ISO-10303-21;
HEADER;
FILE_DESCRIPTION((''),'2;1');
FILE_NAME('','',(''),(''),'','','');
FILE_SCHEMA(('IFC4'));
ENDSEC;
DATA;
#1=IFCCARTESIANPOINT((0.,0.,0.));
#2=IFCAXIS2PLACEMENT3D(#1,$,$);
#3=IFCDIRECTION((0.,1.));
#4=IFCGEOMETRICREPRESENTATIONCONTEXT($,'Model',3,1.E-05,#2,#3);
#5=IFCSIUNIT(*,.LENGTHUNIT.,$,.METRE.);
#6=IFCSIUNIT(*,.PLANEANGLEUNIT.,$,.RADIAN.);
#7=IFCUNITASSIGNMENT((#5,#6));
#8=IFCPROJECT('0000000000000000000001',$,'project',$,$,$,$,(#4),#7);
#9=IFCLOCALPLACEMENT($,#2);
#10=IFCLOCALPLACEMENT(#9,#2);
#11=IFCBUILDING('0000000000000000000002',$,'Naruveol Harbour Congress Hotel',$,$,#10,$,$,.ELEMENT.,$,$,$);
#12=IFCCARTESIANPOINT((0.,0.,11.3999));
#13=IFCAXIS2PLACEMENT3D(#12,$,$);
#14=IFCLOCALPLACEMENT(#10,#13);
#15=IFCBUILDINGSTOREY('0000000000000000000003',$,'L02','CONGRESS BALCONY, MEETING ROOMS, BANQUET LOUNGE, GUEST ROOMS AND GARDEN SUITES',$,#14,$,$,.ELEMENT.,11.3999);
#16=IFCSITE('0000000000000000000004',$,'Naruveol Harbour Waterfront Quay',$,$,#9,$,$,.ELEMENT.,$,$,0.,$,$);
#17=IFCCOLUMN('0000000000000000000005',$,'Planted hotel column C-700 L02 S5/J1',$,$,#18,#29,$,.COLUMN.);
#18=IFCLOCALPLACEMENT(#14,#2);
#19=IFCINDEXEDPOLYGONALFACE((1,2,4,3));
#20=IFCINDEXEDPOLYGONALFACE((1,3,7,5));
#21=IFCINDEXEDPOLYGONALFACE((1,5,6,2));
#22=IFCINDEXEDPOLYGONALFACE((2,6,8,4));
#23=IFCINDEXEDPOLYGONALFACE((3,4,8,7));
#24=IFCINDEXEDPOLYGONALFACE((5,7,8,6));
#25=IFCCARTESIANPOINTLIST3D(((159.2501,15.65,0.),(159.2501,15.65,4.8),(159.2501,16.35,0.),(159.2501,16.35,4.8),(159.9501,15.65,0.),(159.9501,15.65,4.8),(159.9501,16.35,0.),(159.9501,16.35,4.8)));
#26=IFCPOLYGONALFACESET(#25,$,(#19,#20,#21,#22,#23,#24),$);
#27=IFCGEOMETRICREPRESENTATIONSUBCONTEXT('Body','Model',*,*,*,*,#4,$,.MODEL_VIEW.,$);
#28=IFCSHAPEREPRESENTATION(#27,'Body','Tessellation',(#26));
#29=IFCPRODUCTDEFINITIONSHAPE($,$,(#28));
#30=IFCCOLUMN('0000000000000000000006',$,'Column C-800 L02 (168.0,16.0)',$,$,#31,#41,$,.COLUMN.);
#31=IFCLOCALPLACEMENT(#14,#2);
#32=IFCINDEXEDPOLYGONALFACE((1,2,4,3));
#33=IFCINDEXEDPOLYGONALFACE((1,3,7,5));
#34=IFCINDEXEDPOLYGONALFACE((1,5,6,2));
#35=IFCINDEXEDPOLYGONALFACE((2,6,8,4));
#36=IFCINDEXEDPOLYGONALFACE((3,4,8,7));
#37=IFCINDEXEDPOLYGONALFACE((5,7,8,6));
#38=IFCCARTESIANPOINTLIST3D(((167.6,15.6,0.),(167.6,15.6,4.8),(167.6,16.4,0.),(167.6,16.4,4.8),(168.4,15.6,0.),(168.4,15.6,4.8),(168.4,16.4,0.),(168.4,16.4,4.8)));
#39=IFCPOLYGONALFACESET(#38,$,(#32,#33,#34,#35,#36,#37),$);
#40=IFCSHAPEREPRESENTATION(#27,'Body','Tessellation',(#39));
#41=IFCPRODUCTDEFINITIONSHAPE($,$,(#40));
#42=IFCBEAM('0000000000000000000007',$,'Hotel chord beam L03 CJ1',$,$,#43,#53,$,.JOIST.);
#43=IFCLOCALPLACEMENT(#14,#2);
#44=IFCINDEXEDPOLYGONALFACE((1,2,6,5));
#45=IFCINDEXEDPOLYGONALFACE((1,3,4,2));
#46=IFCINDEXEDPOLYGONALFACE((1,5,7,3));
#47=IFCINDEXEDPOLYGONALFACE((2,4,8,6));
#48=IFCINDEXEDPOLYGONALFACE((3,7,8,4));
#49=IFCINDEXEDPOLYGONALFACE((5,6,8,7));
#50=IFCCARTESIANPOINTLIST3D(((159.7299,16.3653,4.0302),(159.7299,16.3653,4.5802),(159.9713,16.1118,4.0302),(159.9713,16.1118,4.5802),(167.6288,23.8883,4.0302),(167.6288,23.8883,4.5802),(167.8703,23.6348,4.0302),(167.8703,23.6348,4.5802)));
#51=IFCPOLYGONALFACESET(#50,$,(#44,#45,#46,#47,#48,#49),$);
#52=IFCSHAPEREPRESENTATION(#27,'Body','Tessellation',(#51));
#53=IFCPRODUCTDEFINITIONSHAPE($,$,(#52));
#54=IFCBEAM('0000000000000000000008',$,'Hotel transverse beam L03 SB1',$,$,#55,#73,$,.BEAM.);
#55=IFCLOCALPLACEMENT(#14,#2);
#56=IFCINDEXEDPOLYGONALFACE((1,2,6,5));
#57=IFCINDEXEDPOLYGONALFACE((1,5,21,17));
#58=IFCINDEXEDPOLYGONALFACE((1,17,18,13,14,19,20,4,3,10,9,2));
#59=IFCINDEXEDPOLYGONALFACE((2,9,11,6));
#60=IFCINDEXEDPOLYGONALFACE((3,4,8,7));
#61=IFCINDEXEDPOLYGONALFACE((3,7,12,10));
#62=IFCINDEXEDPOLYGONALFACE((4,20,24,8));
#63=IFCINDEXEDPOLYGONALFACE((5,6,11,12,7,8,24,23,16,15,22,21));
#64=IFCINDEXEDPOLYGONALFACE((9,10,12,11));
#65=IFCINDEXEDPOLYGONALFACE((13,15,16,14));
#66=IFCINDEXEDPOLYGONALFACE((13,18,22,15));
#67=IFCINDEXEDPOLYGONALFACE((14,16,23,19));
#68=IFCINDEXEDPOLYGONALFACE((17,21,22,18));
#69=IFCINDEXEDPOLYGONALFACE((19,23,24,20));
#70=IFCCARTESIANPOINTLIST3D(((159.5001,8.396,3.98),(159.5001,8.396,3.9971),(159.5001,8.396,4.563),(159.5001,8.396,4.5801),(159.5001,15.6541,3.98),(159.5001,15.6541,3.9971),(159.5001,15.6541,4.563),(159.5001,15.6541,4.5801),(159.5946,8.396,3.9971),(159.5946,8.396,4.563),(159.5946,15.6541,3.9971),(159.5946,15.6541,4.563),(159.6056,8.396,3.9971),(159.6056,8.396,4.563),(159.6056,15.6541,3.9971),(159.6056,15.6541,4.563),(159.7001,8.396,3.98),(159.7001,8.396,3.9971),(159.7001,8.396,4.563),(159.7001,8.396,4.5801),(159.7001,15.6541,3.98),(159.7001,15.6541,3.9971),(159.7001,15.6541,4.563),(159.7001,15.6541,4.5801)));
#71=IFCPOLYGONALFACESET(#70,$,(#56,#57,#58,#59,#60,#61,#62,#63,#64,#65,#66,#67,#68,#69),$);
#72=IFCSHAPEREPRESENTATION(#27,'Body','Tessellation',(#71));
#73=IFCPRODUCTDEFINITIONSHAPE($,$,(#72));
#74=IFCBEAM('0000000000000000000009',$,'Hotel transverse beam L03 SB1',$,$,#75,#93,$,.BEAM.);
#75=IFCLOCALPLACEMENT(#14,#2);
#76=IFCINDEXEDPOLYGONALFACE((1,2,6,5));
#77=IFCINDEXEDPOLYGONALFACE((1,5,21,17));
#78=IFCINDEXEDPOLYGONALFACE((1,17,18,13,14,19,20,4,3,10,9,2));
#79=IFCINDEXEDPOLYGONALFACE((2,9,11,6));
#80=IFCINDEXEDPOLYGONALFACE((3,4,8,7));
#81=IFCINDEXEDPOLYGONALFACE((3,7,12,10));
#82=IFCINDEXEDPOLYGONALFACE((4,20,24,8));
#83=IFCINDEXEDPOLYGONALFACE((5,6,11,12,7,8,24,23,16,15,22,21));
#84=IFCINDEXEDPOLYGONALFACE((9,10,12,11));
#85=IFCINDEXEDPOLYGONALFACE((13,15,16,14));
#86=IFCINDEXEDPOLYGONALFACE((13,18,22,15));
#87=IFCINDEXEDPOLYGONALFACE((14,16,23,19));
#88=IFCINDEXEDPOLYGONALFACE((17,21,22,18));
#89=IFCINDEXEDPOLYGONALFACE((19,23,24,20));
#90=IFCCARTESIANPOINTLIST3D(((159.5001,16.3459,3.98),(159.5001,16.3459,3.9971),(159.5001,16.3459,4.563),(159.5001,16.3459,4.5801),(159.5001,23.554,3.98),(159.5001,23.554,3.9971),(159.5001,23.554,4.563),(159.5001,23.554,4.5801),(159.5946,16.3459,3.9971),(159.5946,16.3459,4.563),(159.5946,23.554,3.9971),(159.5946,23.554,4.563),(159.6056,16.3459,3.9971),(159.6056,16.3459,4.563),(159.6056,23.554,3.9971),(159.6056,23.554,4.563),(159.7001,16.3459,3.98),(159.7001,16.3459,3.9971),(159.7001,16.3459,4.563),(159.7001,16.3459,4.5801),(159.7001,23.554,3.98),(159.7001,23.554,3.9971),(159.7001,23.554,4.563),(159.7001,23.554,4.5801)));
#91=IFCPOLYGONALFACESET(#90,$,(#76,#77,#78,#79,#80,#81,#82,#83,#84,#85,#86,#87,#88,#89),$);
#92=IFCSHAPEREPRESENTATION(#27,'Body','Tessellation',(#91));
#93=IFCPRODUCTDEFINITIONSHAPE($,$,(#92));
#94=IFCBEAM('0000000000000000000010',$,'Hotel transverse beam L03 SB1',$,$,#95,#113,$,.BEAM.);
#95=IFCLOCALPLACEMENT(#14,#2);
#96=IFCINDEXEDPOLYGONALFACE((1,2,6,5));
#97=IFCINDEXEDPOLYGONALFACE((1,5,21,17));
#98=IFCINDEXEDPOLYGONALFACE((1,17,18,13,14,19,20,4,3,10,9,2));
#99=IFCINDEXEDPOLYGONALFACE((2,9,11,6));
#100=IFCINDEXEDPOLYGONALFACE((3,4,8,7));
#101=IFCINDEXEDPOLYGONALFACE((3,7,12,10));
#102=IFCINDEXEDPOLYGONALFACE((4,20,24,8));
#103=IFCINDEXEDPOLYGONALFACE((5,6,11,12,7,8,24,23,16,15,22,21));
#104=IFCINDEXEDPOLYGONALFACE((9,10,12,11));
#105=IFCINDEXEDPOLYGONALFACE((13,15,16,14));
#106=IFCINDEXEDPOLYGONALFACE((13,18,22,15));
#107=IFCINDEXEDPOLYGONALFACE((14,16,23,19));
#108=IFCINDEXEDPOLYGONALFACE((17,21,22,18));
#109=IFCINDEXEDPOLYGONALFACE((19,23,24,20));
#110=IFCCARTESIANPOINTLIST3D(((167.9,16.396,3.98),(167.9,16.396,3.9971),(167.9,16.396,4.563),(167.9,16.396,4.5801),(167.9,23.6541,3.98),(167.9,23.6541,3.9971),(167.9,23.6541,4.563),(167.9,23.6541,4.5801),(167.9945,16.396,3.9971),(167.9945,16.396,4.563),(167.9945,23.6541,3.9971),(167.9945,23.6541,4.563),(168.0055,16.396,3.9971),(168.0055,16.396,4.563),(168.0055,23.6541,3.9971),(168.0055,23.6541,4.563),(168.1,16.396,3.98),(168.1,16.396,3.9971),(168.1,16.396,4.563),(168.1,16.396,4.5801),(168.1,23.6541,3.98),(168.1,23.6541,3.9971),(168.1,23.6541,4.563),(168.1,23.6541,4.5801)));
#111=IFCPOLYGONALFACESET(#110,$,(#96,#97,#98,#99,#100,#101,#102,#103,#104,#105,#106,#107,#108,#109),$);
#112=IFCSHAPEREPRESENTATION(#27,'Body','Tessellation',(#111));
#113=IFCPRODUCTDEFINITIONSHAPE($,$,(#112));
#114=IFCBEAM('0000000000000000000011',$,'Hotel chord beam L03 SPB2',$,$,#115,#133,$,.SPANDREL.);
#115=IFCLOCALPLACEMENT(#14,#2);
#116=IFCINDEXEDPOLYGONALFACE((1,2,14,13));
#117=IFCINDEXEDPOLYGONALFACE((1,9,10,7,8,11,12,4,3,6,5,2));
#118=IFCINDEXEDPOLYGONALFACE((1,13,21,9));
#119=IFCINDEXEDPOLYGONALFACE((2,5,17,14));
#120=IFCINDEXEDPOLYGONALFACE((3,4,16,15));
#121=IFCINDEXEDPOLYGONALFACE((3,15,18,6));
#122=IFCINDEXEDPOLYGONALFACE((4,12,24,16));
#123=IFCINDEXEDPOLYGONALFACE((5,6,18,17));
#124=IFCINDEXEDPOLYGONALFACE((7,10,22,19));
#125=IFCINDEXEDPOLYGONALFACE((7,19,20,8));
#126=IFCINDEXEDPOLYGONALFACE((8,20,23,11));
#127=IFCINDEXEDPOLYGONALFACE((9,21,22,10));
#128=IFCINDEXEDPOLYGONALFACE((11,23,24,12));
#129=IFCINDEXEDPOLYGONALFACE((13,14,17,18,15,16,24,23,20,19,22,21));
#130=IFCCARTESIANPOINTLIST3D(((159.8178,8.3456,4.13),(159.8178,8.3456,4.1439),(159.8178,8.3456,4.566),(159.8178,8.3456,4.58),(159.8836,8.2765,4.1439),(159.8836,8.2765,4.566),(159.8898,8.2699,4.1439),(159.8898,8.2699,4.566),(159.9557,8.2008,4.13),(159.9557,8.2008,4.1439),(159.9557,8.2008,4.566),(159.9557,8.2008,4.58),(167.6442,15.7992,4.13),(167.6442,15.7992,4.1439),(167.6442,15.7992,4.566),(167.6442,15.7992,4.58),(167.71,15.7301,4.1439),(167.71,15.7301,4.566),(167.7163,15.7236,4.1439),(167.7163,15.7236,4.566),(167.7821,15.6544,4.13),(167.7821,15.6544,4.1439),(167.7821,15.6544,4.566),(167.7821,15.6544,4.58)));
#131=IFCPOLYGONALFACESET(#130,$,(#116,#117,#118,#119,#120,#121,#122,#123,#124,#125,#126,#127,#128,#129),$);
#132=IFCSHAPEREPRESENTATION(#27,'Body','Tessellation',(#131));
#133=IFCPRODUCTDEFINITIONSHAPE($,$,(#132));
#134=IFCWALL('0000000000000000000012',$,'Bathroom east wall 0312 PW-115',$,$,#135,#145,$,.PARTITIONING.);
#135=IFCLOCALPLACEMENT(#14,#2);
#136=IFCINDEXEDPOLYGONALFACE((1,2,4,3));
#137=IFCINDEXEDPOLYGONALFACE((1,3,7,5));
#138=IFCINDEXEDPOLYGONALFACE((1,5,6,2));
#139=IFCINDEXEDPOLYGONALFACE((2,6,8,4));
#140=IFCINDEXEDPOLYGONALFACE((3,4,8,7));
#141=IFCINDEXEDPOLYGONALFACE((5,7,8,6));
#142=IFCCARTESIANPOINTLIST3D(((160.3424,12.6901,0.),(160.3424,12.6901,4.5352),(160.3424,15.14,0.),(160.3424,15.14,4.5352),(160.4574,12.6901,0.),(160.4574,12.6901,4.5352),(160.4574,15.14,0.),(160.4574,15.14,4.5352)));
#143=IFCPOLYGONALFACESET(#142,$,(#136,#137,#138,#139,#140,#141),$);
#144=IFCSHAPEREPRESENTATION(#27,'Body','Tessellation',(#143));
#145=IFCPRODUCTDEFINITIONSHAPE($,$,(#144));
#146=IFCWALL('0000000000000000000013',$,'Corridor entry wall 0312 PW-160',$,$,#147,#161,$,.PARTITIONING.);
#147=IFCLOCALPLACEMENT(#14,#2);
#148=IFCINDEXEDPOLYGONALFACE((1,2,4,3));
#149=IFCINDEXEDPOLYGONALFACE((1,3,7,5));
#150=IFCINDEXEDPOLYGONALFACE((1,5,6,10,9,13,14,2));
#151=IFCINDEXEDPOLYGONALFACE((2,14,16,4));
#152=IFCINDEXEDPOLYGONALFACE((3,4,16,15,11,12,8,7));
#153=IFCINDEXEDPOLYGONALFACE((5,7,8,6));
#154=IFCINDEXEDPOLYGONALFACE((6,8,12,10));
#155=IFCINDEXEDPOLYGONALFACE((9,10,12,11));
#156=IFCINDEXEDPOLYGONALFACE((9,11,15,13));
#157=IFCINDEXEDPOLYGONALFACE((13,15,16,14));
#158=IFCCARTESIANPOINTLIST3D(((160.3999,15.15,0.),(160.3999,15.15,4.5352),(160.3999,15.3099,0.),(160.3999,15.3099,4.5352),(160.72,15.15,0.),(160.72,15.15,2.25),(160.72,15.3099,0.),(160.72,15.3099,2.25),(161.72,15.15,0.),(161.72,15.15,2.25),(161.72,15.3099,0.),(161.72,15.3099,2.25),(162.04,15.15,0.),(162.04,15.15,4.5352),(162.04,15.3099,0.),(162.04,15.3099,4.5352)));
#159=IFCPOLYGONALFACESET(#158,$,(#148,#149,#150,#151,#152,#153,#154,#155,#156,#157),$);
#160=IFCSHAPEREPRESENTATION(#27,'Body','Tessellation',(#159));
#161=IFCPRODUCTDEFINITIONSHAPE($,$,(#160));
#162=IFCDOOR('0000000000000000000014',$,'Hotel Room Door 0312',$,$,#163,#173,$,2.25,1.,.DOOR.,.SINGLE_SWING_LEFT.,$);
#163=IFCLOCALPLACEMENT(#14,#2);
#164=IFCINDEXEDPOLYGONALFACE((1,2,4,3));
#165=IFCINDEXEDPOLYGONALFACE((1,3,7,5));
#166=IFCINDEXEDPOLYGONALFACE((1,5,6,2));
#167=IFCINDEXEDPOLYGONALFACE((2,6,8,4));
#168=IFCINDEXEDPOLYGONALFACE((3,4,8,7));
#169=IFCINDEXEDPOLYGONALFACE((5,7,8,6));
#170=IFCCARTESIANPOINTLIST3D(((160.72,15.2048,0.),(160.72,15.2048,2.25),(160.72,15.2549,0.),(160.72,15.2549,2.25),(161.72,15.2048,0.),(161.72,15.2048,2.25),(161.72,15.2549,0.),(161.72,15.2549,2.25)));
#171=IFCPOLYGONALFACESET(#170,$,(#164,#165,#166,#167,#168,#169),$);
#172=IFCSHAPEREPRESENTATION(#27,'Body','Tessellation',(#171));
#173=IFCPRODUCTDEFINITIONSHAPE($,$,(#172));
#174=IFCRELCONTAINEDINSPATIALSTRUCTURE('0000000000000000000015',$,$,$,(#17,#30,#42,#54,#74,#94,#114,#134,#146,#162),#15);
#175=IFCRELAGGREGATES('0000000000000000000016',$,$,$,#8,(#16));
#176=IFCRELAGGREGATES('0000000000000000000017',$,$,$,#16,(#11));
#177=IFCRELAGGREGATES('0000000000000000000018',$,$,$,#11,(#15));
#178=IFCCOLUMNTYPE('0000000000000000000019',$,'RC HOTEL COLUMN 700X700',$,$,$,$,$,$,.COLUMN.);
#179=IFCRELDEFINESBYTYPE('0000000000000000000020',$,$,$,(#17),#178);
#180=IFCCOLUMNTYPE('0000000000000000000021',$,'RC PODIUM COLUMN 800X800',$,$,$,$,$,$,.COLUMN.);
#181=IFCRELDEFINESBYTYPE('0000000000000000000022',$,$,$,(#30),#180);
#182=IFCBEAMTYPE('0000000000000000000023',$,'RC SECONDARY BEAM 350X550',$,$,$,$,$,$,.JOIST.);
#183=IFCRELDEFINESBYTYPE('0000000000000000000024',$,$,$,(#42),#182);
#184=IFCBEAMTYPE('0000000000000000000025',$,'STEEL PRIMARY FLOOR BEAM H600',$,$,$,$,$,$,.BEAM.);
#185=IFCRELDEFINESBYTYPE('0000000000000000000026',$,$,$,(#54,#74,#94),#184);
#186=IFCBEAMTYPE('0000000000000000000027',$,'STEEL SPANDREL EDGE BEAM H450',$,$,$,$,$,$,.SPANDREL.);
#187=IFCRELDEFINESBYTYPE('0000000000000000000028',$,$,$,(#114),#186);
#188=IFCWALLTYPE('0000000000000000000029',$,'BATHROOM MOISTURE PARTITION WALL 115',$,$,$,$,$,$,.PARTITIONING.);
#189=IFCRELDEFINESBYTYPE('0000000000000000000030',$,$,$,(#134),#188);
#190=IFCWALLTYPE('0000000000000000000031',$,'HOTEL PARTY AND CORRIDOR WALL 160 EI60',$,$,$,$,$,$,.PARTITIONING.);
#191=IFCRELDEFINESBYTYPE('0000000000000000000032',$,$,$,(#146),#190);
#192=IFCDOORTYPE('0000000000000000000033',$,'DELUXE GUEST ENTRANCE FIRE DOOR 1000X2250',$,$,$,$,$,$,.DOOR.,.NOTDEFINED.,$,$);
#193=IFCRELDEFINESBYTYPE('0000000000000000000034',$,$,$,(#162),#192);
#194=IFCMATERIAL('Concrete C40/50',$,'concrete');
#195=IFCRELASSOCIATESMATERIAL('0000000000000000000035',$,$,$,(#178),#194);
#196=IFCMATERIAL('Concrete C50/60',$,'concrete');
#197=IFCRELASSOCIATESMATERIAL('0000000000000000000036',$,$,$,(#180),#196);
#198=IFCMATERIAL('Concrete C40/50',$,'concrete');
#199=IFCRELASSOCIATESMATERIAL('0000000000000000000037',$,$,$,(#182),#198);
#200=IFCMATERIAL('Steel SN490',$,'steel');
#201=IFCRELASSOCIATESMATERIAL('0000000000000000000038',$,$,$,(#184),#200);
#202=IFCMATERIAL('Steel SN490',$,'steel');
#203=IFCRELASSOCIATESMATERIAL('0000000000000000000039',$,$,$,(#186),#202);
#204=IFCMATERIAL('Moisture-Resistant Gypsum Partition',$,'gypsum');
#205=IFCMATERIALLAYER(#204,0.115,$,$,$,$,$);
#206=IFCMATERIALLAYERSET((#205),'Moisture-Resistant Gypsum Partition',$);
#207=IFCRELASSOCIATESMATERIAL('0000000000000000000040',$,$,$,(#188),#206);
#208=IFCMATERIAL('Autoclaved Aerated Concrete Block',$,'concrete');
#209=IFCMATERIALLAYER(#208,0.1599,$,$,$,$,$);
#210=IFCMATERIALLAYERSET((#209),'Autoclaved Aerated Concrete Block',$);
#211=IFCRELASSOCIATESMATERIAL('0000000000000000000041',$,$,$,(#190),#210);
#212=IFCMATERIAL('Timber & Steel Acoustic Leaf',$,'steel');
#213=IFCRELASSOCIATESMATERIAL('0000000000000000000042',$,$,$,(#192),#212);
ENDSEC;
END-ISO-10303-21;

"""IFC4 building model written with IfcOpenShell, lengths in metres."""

from ifc_helpers import new_model, si_unit, direction, frame, frame_2d, origin, origin_2d, place, context, subcontext, project, spatial, rectangle, i_section, extrude, material, layer, layer_set, material_profile, profile_set, type_object, element, fill, save


model = new_model("IFC4")

# Units and contexts
model_context = context("Model", 3, precision=1e-05, world=origin(), true_north=direction((0.0, 1.0)))
body_context = subcontext(model_context, "Body", "Model", "MODEL_VIEW")
ifc_project = project(units=[si_unit("LENGTHUNIT", "METRE"), si_unit("PLANEANGLEUNIT", "RADIAN")], contexts=[model_context])

# Site, building, storey
site_placement = place(None, origin())
site = spatial("IfcSite", under=ifc_project, at=site_placement, Name="Naruveol Harbour Waterfront Quay", CompositionType="ELEMENT", RefElevation=0.0)
building_placement = place(site_placement, origin())
building = spatial("IfcBuilding", under=site, at=building_placement, Name="Naruveol Harbour Congress Hotel", CompositionType="ELEMENT")
storey_placement = place(building_placement, frame((0.0, 0.0, 11.3999)))
storey = spatial("IfcBuildingStorey", under=building, at=storey_placement, Name="L02", Description="CONGRESS BALCONY, MEETING ROOMS, BANQUET LOUNGE, GUEST ROOMS AND GARDEN SUITES", CompositionType="ELEMENT", Elevation=11.3999)

# Columns
ifc_material_1 = material(Name="Concrete C40/50", Category="concrete")
ifc_material_profile_1 = material_profile(ifc_material_1, rectangle(XDim=0.7, YDim=0.7, at=origin_2d()), Name="RC-700x700")
ifc_profile_set_1 = profile_set([ifc_material_profile_1], Name="Concrete C40/50")
column_type_1 = type_object("IfcColumnType", Name="RC HOTEL COLUMN 700X700", PredefinedType="COLUMN", material=ifc_profile_set_1)
column_1_placement = place(storey_placement, frame((159.6001, 16.0, 0.0), z_axis=(0.0, 0.0, 1.0), x_axis=(1.0, 0.0, 0.0)))
element("IfcColumn", 1, at=column_1_placement, inside=storey, type_object=column_type_1, Name="Planted hotel column C-700 L02 S5/J1", PredefinedType="COLUMN", context=body_context, shape_type="SweptSolid", body=[
    extrude(rectangle(XDim=0.7, YDim=0.7, at=origin_2d()), origin(), (0.0, 0.0, 1.0), 4.8),
])
ifc_material_2 = material(Name="Concrete C50/60", Category="concrete")
ifc_material_profile_2 = material_profile(ifc_material_2, rectangle(XDim=0.8, YDim=0.8, at=origin_2d()), Name="RC-800x800")
ifc_profile_set_2 = profile_set([ifc_material_profile_2], Name="Concrete C50/60")
column_type_2 = type_object("IfcColumnType", Name="RC PODIUM COLUMN 800X800", PredefinedType="COLUMN", material=ifc_profile_set_2)
column_2_placement = place(storey_placement, frame((168.0, 16.0, 0.0), z_axis=(0.0, 0.0, 1.0), x_axis=(1.0, 0.0, 0.0)))
element("IfcColumn", 2, at=column_2_placement, inside=storey, type_object=column_type_2, Name="Column C-800 L02 (168.0,16.0)", PredefinedType="COLUMN", context=body_context, shape_type="SweptSolid", body=[
    extrude(rectangle(XDim=0.8, YDim=0.8, at=origin_2d()), origin(), (0.0, 0.0, 1.0), 4.8),
])

# Beams
ifc_material_3 = material(Name="Concrete C40/50", Category="concrete")
ifc_material_profile_3 = material_profile(ifc_material_3, rectangle(XDim=0.3501, YDim=0.55, at=origin_2d()), Name="RCB-350x550")
ifc_profile_set_3 = profile_set([ifc_material_profile_3], Name="Concrete C40/50")
beam_type_1 = type_object("IfcBeamType", Name="RC SECONDARY BEAM 350X550", PredefinedType="JOIST", material=ifc_profile_set_3)
beam_1_placement = place(storey_placement, frame((159.8506, 16.2385, 4.3052), z_axis=(0.72413, 0.689663, 0.0), x_axis=(-0.689663, 0.72413, 0.0)))
element("IfcBeam", 3, at=beam_1_placement, inside=storey, type_object=beam_type_1, Name="Hotel chord beam L03 CJ1", PredefinedType="JOIST", context=body_context, shape_type="SweptSolid", body=[
    extrude(rectangle(XDim=0.3501, YDim=0.55, at=origin_2d()), origin(), (0.0, 0.0, 1.0), 10.9082),
])
ifc_material_4 = material(Name="Steel SN490", Category="steel")
ifc_material_profile_4 = material_profile(ifc_material_4, i_section(OverallWidth=0.2, OverallDepth=0.6001, WebThickness=0.011, FlangeThickness=0.0171, at=origin_2d()), Name="H-600x200x11x17")
ifc_profile_set_4 = profile_set([ifc_material_profile_4], Name="Steel SN490")
beam_type_2 = type_object("IfcBeamType", Name="STEEL PRIMARY FLOOR BEAM H600", PredefinedType="BEAM", material=ifc_profile_set_4)
beam_2_placement = place(storey_placement, frame((159.6001, 8.396, 4.28), z_axis=(0.0, 1.0, 0.0), x_axis=(-1.0, 0.0, 0.0)))
element("IfcBeam", 4, at=beam_2_placement, inside=storey, type_object=beam_type_2, Name="Hotel transverse beam L03 SB1", PredefinedType="BEAM", context=body_context, shape_type="SweptSolid", body=[
    extrude(i_section(OverallWidth=0.2, OverallDepth=0.6001, WebThickness=0.011, FlangeThickness=0.0171, at=origin_2d()), origin(), (0.0, 0.0, 1.0), 7.2581),
])
beam_3_placement = place(storey_placement, frame((159.6001, 16.3459, 4.28), z_axis=(0.0, 1.0, 0.0), x_axis=(-1.0, 0.0, 0.0)))
element("IfcBeam", 5, at=beam_3_placement, inside=storey, type_object=beam_type_2, Name="Hotel transverse beam L03 SB1", PredefinedType="BEAM", context=body_context, shape_type="SweptSolid", body=[
    extrude(i_section(OverallWidth=0.2, OverallDepth=0.6001, WebThickness=0.011, FlangeThickness=0.0171, at=origin_2d()), origin(), (0.0, 0.0, 1.0), 7.208),
])
beam_4_placement = place(storey_placement, frame((168.0, 16.396, 4.28), z_axis=(0.0, 1.0, 0.0), x_axis=(-1.0, 0.0, 0.0)))
element("IfcBeam", 6, at=beam_4_placement, inside=storey, type_object=beam_type_2, Name="Hotel transverse beam L03 SB1", PredefinedType="BEAM", context=body_context, shape_type="SweptSolid", body=[
    extrude(i_section(OverallWidth=0.2, OverallDepth=0.6001, WebThickness=0.011, FlangeThickness=0.0171, at=origin_2d()), origin(), (0.0, 0.0, 1.0), 7.2581),
])
ifc_material_5 = material(Name="Steel SN490", Category="steel")
ifc_material_profile_5 = material_profile(ifc_material_5, i_section(OverallWidth=0.2, OverallDepth=0.45, WebThickness=0.009, FlangeThickness=0.0139, at=origin_2d()), Name="H-450x200x9x14")
ifc_profile_set_5 = profile_set([ifc_material_profile_5], Name="Steel SN490")
beam_type_3 = type_object("IfcBeamType", Name="STEEL SPANDREL EDGE BEAM H450", PredefinedType="SPANDREL", material=ifc_profile_set_5)
beam_5_placement = place(storey_placement, frame((159.8867, 8.2732, 4.355), z_axis=(0.724143, 0.68965, 0.0), x_axis=(-0.68965, 0.724143, 0.0)))
element("IfcBeam", 7, at=beam_5_placement, inside=storey, type_object=beam_type_3, Name="Hotel chord beam L03 SPB2", PredefinedType="SPANDREL", context=body_context, shape_type="SweptSolid", body=[
    extrude(i_section(OverallWidth=0.2, OverallDepth=0.45, WebThickness=0.009, FlangeThickness=0.0139, at=origin_2d()), origin(), (0.0, 0.0, 1.0), 10.8079),
])

# Wall
ifc_material_6 = material(Name="Moisture-Resistant Gypsum Partition", Category="gypsum")
ifc_layer_1 = layer(ifc_material_6, 0.115)
ifc_layer_set_1 = layer_set([ifc_layer_1], Name="Moisture-Resistant Gypsum Partition")
wall_type_1 = type_object("IfcWallType", Name="BATHROOM MOISTURE PARTITION WALL 115", PredefinedType="PARTITIONING", material=ifc_layer_set_1)
wall_1_placement = place(storey_placement, frame((160.3999, 12.6899, 0.0), z_axis=(0.0, 0.0, 1.0), x_axis=(0.0, 1.0, 0.0)))
element("IfcWall", 8, at=wall_1_placement, inside=storey, type_object=wall_type_1, Name="Bathroom east wall 0312 PW-115", PredefinedType="PARTITIONING", context=body_context, shape_type="SweptSolid", body=[
    extrude(rectangle(XDim=2.45, YDim=0.115, at=frame_2d((1.2251, 0.0))), origin(), (0.0, 0.0, 1.0), 4.5352),
])

# Wall, opening, door
ifc_material_7 = material(Name="Autoclaved Aerated Concrete Block", Category="concrete")
ifc_layer_2 = layer(ifc_material_7, 0.1599)
ifc_layer_set_2 = layer_set([ifc_layer_2], Name="Autoclaved Aerated Concrete Block")
wall_type_2 = type_object("IfcWallType", Name="HOTEL PARTY AND CORRIDOR WALL 160 EI60", PredefinedType="PARTITIONING", material=ifc_layer_set_2)
wall_2_placement = place(storey_placement, frame((160.3999, 15.23, 0.0), z_axis=(0.0, 0.0, 1.0), x_axis=(1.0, 0.0, 0.0)))
wall_2 = element("IfcWall", 9, at=wall_2_placement, inside=storey, type_object=wall_type_2, Name="Corridor entry wall 0312 PW-160", PredefinedType="PARTITIONING", context=body_context, shape_type="SweptSolid", body=[
    extrude(rectangle(XDim=1.6401, YDim=0.1599, at=frame_2d((0.8201, 0.0))), origin(), (0.0, 0.0, 1.0), 4.5352),
])
opening_1_placement = place(wall_2_placement, frame((0.3201, 0.0, 0.0)))
opening_1 = element("IfcOpeningElement", 10, at=opening_1_placement, cuts=wall_2, PredefinedType="OPENING", context=body_context, shape_type="SweptSolid", body=[
    extrude(rectangle(XDim=1.0, YDim=2.25, at=frame_2d((0.5, 1.125))), frame((0.0, 0.0898, 0.0), z_axis=(0.0, -1.0, 0.0), x_axis=(1.0, 0.0, 0.0)), (0.0, 0.0, 1.0), 0.1799),
])
ifc_material_8 = material(Name="Timber & Steel Acoustic Leaf", Category="steel")
door_type = type_object("IfcDoorType", Name="DELUXE GUEST ENTRANCE FIRE DOOR 1000X2250", OperationType="NOTDEFINED", PredefinedType="DOOR", material=ifc_material_8)
door_placement = place(opening_1_placement, origin())
door = element("IfcDoor", 11, at=door_placement, inside=storey, type_object=door_type, Name="Hotel Room Door 0312", OperationType="SINGLE_SWING_LEFT", OverallHeight=2.25, OverallWidth=1.0, PredefinedType="DOOR", context=body_context, shape_type="SweptSolid", body=[
    extrude(rectangle(XDim=1.0, YDim=2.25, at=frame_2d((0.5, 1.125))), frame((0.0, 0.0249, 0.0), z_axis=(0.0, -1.0, 0.0), x_axis=(1.0, 0.0, 0.0)), (0.0, 0.0, 1.0), 0.05),
])
fill(opening_1, door)

save(model, "model.ifc")
